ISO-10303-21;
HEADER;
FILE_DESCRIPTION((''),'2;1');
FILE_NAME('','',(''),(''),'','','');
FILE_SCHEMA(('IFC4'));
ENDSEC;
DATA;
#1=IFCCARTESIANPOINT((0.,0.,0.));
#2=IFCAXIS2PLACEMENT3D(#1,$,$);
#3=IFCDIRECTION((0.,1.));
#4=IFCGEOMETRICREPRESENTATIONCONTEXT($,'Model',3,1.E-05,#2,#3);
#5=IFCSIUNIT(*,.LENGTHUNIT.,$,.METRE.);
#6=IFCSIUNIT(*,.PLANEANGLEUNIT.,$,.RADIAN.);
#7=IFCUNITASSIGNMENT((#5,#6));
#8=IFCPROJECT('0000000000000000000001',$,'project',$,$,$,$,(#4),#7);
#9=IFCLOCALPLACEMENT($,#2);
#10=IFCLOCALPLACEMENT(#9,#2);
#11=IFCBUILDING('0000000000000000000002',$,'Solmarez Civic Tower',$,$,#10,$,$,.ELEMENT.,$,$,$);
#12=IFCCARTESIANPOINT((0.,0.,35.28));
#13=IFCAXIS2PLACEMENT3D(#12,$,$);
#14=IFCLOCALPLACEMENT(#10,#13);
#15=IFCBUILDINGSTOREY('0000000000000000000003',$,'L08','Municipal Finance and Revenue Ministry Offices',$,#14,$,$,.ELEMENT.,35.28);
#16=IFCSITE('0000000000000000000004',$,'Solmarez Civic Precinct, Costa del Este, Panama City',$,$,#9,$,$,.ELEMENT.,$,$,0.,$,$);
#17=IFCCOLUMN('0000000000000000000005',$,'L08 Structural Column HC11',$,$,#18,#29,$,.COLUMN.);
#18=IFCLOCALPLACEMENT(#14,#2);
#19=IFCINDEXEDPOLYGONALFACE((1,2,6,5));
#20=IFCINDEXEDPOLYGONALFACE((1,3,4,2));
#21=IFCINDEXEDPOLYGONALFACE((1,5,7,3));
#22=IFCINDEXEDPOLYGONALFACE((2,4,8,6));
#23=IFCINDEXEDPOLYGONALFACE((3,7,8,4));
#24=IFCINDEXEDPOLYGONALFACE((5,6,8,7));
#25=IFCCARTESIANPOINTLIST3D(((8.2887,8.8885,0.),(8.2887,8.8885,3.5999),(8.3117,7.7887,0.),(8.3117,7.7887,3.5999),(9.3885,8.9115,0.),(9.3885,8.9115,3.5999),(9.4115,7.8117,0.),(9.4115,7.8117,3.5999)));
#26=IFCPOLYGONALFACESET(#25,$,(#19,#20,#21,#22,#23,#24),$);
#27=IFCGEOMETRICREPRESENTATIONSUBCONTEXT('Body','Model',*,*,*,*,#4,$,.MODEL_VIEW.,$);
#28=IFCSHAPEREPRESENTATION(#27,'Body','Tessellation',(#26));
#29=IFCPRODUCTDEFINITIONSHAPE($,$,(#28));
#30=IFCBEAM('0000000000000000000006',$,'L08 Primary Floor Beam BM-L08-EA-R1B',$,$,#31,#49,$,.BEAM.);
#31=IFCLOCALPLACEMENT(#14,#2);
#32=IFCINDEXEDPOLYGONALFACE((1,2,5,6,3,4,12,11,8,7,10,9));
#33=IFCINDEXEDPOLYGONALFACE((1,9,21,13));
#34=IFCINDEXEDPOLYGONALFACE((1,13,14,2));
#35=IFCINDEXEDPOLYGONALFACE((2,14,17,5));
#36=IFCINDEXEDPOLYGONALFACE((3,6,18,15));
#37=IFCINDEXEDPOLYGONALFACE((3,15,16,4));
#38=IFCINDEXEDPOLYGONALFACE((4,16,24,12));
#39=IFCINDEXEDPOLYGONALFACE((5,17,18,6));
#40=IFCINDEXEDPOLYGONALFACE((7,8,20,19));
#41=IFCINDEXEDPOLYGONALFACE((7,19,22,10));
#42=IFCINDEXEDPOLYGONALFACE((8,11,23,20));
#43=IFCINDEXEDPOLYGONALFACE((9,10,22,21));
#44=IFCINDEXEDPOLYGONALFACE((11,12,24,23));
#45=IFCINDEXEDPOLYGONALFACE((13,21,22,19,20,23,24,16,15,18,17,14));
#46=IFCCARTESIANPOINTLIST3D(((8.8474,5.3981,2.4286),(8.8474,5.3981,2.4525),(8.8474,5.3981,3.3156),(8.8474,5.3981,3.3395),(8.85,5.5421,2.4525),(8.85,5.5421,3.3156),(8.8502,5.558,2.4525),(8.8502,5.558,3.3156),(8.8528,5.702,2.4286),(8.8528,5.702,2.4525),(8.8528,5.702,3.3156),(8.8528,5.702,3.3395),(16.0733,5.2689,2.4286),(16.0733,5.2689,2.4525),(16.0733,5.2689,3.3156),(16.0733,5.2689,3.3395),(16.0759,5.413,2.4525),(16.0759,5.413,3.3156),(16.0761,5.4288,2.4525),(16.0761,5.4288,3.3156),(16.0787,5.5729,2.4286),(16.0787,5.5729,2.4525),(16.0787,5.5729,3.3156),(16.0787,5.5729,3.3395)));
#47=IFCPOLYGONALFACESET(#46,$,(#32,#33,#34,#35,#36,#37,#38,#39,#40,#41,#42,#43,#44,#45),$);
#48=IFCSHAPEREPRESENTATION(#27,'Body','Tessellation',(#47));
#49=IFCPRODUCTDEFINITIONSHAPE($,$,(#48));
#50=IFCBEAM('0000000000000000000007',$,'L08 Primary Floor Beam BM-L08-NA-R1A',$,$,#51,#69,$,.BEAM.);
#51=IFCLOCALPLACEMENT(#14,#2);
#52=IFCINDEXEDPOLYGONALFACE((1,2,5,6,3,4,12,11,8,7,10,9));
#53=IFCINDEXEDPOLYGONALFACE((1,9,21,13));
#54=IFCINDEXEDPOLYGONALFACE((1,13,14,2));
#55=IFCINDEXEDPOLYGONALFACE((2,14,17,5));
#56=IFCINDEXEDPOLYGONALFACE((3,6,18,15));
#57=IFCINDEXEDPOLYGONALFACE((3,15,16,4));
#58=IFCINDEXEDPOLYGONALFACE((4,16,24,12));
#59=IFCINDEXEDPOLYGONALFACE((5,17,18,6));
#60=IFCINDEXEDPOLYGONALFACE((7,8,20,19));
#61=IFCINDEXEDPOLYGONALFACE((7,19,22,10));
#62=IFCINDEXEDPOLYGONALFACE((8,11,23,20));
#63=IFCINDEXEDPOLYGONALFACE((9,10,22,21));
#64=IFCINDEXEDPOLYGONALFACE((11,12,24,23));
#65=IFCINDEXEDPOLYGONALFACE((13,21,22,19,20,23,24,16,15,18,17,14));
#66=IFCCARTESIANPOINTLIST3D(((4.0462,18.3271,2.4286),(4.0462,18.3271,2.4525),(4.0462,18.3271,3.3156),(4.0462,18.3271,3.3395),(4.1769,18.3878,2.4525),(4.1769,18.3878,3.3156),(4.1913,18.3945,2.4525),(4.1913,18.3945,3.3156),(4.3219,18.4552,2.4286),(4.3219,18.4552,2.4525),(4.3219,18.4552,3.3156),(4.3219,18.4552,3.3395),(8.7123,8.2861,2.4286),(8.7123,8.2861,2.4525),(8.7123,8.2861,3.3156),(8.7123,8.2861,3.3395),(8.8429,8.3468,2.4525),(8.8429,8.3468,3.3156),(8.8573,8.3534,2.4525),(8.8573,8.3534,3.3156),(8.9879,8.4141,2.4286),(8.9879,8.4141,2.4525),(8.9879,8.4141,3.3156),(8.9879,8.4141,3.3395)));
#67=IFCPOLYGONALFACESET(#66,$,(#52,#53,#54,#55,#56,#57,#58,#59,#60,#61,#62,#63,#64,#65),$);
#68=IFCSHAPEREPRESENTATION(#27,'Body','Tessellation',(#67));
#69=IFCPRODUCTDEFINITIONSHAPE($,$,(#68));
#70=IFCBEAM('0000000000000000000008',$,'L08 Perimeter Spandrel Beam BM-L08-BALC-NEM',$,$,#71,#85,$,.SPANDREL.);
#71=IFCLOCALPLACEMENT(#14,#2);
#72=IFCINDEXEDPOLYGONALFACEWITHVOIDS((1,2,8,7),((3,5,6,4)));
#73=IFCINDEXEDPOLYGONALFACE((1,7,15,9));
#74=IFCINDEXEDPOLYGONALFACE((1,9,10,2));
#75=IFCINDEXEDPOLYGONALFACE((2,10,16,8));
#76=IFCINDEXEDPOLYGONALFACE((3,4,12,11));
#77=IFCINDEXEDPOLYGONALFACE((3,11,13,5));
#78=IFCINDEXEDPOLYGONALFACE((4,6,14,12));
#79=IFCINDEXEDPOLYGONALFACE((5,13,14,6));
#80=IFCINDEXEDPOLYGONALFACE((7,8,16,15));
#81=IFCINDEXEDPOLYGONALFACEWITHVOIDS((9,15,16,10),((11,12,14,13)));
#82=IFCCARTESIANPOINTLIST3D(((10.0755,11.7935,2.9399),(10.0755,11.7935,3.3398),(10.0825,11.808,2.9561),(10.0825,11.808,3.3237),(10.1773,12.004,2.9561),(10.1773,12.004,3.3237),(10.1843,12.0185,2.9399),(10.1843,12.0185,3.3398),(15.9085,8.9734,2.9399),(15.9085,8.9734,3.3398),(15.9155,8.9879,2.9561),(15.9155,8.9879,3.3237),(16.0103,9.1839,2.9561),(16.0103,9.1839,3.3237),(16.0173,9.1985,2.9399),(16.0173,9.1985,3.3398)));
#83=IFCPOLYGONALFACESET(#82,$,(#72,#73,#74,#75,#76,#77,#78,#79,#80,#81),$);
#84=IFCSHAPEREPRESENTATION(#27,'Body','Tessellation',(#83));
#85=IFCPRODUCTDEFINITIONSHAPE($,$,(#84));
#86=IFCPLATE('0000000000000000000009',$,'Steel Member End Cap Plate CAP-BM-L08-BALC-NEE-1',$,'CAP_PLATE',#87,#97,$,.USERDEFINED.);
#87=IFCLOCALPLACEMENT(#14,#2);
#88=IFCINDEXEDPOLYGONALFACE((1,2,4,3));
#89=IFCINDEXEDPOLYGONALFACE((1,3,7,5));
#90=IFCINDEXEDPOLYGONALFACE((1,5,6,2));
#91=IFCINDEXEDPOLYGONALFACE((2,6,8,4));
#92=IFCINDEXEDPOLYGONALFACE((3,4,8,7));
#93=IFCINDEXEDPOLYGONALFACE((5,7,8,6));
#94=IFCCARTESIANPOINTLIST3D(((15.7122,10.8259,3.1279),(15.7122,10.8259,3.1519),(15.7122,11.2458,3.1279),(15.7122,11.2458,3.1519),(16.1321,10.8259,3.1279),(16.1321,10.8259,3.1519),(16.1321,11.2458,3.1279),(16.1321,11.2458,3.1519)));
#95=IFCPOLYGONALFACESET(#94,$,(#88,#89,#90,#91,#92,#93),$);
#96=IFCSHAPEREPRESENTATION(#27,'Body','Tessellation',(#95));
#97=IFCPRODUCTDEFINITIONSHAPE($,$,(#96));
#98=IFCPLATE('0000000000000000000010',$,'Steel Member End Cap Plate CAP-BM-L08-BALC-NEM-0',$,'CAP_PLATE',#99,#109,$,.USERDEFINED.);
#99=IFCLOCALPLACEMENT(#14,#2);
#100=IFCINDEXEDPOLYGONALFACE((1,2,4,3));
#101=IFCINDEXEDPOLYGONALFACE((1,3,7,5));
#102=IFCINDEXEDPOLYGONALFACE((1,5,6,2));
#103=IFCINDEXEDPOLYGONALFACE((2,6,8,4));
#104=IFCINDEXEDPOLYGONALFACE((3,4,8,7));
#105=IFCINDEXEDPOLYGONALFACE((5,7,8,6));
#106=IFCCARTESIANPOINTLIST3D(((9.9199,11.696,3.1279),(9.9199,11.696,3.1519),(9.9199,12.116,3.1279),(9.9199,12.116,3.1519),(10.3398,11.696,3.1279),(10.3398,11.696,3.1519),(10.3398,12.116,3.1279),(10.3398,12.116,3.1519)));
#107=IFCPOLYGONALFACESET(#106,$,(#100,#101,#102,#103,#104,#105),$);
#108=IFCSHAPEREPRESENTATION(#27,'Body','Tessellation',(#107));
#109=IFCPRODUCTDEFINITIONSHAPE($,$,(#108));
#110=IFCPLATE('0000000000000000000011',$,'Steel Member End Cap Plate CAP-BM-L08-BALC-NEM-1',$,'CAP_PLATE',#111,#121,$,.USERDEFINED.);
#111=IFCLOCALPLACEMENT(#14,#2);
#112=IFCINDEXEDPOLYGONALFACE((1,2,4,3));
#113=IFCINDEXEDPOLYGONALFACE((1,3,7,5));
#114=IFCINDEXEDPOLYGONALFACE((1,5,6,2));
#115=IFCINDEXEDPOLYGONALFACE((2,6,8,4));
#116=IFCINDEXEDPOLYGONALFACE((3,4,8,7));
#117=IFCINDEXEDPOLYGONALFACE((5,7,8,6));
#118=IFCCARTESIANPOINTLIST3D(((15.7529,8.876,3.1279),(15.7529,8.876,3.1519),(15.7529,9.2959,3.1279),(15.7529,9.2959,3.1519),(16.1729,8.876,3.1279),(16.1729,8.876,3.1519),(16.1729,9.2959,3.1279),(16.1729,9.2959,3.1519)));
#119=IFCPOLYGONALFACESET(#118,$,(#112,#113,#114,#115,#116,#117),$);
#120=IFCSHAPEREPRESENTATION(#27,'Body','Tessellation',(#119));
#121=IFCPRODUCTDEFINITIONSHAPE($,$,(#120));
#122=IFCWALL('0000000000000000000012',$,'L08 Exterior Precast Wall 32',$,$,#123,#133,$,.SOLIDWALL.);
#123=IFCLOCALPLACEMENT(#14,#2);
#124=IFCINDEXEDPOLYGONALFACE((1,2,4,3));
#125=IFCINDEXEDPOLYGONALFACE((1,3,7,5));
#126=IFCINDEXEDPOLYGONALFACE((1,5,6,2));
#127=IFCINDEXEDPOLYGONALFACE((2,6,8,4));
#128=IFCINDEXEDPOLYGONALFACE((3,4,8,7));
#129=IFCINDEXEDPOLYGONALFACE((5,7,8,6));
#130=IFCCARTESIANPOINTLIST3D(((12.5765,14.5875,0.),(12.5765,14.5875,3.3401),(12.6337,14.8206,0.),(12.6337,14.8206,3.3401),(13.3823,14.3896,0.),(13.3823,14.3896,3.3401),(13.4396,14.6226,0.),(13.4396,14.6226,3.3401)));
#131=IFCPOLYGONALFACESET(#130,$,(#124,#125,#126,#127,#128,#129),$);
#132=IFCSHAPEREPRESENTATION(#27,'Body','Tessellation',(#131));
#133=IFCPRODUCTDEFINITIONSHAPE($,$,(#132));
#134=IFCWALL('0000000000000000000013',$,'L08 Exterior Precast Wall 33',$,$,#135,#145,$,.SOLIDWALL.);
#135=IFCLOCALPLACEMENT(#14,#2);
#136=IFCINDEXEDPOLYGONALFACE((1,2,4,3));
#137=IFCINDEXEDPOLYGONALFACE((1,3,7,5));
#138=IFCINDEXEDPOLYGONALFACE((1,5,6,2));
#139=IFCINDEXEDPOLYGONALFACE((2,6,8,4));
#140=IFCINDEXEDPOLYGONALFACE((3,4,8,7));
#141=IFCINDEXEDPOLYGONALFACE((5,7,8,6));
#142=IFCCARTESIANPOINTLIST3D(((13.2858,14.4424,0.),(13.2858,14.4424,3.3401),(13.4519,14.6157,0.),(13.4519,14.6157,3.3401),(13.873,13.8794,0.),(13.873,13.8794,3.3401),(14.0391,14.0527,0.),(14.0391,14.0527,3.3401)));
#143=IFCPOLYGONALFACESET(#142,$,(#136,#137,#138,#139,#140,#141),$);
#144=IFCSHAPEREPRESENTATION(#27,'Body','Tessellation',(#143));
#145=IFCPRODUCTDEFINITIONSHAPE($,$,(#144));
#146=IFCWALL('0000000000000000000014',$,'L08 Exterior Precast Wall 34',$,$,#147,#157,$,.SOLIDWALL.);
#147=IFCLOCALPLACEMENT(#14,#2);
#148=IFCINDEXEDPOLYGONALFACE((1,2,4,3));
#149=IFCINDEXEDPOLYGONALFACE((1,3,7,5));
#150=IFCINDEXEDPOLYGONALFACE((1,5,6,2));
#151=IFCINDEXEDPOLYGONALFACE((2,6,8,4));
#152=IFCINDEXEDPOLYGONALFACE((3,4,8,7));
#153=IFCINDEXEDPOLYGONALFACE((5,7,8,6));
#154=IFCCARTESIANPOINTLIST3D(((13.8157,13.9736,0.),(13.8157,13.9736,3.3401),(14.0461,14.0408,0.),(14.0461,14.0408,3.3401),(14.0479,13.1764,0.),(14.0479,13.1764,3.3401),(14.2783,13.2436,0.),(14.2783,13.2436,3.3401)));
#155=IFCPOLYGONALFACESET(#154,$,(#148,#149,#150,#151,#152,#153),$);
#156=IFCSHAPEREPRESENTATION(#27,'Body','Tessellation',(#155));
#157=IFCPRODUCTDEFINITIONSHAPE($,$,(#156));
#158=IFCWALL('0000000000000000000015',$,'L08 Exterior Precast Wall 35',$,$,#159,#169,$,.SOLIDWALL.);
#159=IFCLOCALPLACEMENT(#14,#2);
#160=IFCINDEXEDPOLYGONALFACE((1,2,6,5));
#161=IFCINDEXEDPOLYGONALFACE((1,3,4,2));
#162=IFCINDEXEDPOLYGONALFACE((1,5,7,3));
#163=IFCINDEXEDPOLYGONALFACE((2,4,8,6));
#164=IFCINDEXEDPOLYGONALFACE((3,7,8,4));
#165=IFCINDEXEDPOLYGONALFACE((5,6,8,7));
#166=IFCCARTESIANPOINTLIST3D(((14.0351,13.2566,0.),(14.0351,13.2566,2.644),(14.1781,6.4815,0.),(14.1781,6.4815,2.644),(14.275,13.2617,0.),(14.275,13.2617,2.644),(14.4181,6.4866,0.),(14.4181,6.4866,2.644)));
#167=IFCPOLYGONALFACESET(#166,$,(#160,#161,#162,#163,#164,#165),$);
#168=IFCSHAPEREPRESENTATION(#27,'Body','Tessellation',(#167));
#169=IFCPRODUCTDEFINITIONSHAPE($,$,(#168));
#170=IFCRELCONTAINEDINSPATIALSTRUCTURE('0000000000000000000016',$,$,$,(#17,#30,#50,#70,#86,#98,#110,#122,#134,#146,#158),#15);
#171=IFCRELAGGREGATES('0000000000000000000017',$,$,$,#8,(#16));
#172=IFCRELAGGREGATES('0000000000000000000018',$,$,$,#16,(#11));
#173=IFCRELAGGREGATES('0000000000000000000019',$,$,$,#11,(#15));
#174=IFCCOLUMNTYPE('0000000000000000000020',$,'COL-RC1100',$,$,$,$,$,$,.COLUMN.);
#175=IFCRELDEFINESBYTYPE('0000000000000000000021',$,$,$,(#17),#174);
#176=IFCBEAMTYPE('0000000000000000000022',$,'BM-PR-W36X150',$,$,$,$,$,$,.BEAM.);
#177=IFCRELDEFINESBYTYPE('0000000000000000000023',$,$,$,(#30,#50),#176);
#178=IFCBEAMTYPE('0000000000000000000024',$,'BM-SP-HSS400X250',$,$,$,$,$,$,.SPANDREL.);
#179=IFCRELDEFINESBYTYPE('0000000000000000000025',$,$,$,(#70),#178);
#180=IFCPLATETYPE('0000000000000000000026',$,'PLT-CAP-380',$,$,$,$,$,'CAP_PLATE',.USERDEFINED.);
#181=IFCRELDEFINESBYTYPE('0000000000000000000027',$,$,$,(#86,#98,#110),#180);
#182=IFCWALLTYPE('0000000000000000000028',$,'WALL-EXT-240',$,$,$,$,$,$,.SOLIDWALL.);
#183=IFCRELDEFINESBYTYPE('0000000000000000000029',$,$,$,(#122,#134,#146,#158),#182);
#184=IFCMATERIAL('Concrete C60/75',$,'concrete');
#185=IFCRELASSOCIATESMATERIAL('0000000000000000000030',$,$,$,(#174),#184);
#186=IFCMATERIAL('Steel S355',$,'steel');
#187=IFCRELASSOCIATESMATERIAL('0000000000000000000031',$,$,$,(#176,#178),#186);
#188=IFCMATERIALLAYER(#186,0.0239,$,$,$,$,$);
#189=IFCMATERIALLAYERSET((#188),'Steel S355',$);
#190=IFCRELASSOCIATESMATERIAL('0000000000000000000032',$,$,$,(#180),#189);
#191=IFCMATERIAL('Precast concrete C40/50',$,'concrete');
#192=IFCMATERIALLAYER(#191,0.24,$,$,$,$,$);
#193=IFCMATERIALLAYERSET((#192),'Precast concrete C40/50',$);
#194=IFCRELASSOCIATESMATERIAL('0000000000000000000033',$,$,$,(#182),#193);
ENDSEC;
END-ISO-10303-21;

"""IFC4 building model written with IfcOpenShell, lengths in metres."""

from ifc_helpers import new_model, si_unit, direction, frame, frame_2d, origin, origin_2d, place, context, subcontext, project, spatial, rectangle, hollow_rectangle, i_section, extrude, material, layer, layer_set, material_profile, profile_set, type_object, element, save


model = new_model("IFC4")

# Units and contexts
model_context = context("Model", 3, precision=1e-05, world=origin(), true_north=direction((0.0, 1.0)))
body_context = subcontext(model_context, "Body", "Model", "MODEL_VIEW")
ifc_project = project(units=[si_unit("LENGTHUNIT", "METRE"), si_unit("PLANEANGLEUNIT", "RADIAN")], contexts=[model_context])

# Site, building, storey
site_placement = place(None, origin())
site = spatial("IfcSite", under=ifc_project, at=site_placement, Name="Solmarez Civic Precinct, Costa del Este, Panama City", CompositionType="ELEMENT", RefElevation=0.0)
building_placement = place(site_placement, origin())
building = spatial("IfcBuilding", under=site, at=building_placement, Name="Solmarez Civic Tower", CompositionType="ELEMENT")
storey_placement = place(building_placement, frame((0.0, 0.0, 35.28)))
storey = spatial("IfcBuildingStorey", under=building, at=storey_placement, Name="L08", Description="Municipal Finance and Revenue Ministry Offices", CompositionType="ELEMENT", Elevation=35.28)

# Column
ifc_material_1 = material(Name="Concrete C60/75", Category="concrete")
ifc_material_profile_1 = material_profile(ifc_material_1, rectangle(XDim=1.1001, YDim=1.1001, at=origin_2d()), Name="RC1100X1100")
ifc_profile_set_1 = profile_set([ifc_material_profile_1], Name="Concrete C60/75")
column_type = type_object("IfcColumnType", Name="COL-RC1100", PredefinedType="COLUMN", material=ifc_profile_set_1)
column_placement = place(storey_placement, frame((8.8501, 8.3501, 0.0), z_axis=(0.0, 0.0, 1.0), x_axis=(0.999781, 0.020942, 0.0)))
element("IfcColumn", 1, at=column_placement, inside=storey, type_object=column_type, Name="L08 Structural Column HC11", PredefinedType="COLUMN", context=body_context, shape_type="SweptSolid", body=[
    extrude(rectangle(XDim=1.1001, YDim=1.1001, at=origin_2d()), origin(), (0.0, 0.0, 1.0), 3.5999),
])

# Beams
ifc_material_2 = material(Name="Steel S355", Category="steel")
ifc_material_profile_2 = material_profile(ifc_material_2, i_section(OverallWidth=0.304, OverallDepth=0.9109, WebThickness=0.0159, FlangeThickness=0.0239, at=origin_2d()), Name="W36X150")
ifc_profile_set_2 = profile_set([ifc_material_profile_2], Name="Steel S355")
beam_type_1 = type_object("IfcBeamType", Name="BM-PR-W36X150", PredefinedType="BEAM", material=ifc_profile_set_2)
beam_1_placement = place(storey_placement, frame((8.8501, 5.55, 2.884), z_axis=(0.99984, -0.017871, 0.0), x_axis=(0.017871, 0.99984, 0.0)))
element("IfcBeam", 2, at=beam_1_placement, inside=storey, type_object=beam_type_1, Name="L08 Primary Floor Beam BM-L08-EA-R1B", PredefinedType="BEAM", context=body_context, shape_type="SweptSolid", body=[
    extrude(i_section(OverallWidth=0.304, OverallDepth=0.9109, WebThickness=0.0159, FlangeThickness=0.0239, at=origin_2d()), origin(), (0.0, 0.0, 1.0), 7.2271),
])
beam_2_placement = place(storey_placement, frame((8.8501, 8.3501, 2.884), z_axis=(-0.421417, 0.906867, 0.0), x_axis=(-0.906867, -0.421417, 0.0)))
element("IfcBeam", 3, at=beam_2_placement, inside=storey, type_object=beam_type_1, Name="L08 Primary Floor Beam BM-L08-NA-R1A", PredefinedType="BEAM", context=body_context, shape_type="SweptSolid", body=[
    extrude(i_section(OverallWidth=0.304, OverallDepth=0.9109, WebThickness=0.0159, FlangeThickness=0.0239, at=origin_2d()), origin(), (0.0, 0.0, 1.0), 11.0723),
])
ifc_material_profile_3 = material_profile(ifc_material_2, hollow_rectangle(XDim=0.25, YDim=0.3999, WallThickness=0.0161, at=origin_2d()), Name="HSS400X250X16")
ifc_profile_set_3 = profile_set([ifc_material_profile_3], Name="Steel S355")
beam_type_2 = type_object("IfcBeamType", Name="BM-SP-HSS400X250", PredefinedType="SPANDREL", material=ifc_profile_set_3)
beam_3_placement = place(storey_placement, frame((10.1299, 11.906, 3.1399), z_axis=(0.900302, -0.435266, 0.0), x_axis=(0.435266, 0.900302, 0.0)))
element("IfcBeam", 4, at=beam_3_placement, inside=storey, type_object=beam_type_2, Name="L08 Perimeter Spandrel Beam BM-L08-BALC-NEM", PredefinedType="SPANDREL", context=body_context, shape_type="SweptSolid", body=[
    extrude(hollow_rectangle(XDim=0.25, YDim=0.3999, WallThickness=0.0161, at=origin_2d()), origin(), (0.0, 0.0, 1.0), 6.479),
])

# Plates
ifc_layer_1 = layer(ifc_material_2, 0.0239)
ifc_layer_set_1 = layer_set([ifc_layer_1], Name="Steel S355")
plate_type = type_object("IfcPlateType", Name="PLT-CAP-380", ElementType="CAP_PLATE", PredefinedType="USERDEFINED", material=ifc_layer_set_1)
for number, where, z_axis, x_axis, name in (
    (5, (15.9221, 11.0359, 3.1279), (0.0, 0.0, 1.0), (1.0, 0.0, 0.0), "Steel Member End Cap Plate CAP-BM-L08-BALC-NEE-1"),
    (6, (10.1299, 11.906, 3.1279), (0.0, 0.0, 1.0), (1.0, 0.0, 0.0), "Steel Member End Cap Plate CAP-BM-L08-BALC-NEM-0"),
    (7, (15.9629, 9.0859, 3.1279), (0.0, 0.0, 1.0), (1.0, 0.0, 0.0), "Steel Member End Cap Plate CAP-BM-L08-BALC-NEM-1"),
):
    element("IfcPlate", number, at=place(storey_placement, frame(where, z_axis=z_axis, x_axis=x_axis)), inside=storey, type_object=plate_type, Name=name, ObjectType="CAP_PLATE", PredefinedType="USERDEFINED", context=body_context, shape_type="SweptSolid", body=[
        extrude(rectangle(XDim=0.4199, YDim=0.4199, at=origin_2d()), origin(), (0.0, 0.0, 1.0), 0.0239),
    ])

# Walls
ifc_material_3 = material(Name="Precast concrete C40/50", Category="concrete")
ifc_layer_2 = layer(ifc_material_3, 0.24)
ifc_layer_set_2 = layer_set([ifc_layer_2], Name="Precast concrete C40/50")
wall_type_1 = type_object("IfcWallType", Name="WALL-EXT-240", PredefinedType="SOLIDWALL", material=ifc_layer_set_2)
wall_1_placement = place(storey_placement, frame((12.605, 14.7041, 0.0), z_axis=(0.0, 0.0, 1.0), x_axis=(0.971121, -0.238588, 0.0)))
element("IfcWall", 8, at=wall_1_placement, inside=storey, type_object=wall_type_1, Name="L08 Exterior Precast Wall 32", PredefinedType="SOLIDWALL", context=body_context, shape_type="SweptSolid", body=[
    extrude(rectangle(XDim=0.8298, YDim=0.24, at=frame_2d((0.415, 0.0))), origin(), (0.0, 0.0, 1.0), 3.3401),
])
wall_2_placement = place(storey_placement, frame((13.3689, 14.5291, 0.0), z_axis=(0.0, 0.0, 1.0), x_axis=(0.721807, -0.692094, 0.0)))
element("IfcWall", 9, at=wall_2_placement, inside=storey, type_object=wall_type_1, Name="L08 Exterior Precast Wall 33", PredefinedType="SOLIDWALL", context=body_context, shape_type="SweptSolid", body=[
    extrude(rectangle(XDim=0.8135, YDim=0.24, at=frame_2d((0.4067, 0.0))), origin(), (0.0, 0.0, 1.0), 3.3401),
])
wall_3_placement = place(storey_placement, frame((13.9309, 14.0071, 0.0), z_axis=(0.0, 0.0, 1.0), x_axis=(0.27965, -0.960102, 0.0)))
element("IfcWall", 10, at=wall_3_placement, inside=storey, type_object=wall_type_1, Name="L08 Exterior Precast Wall 34", PredefinedType="SOLIDWALL", context=body_context, shape_type="SweptSolid", body=[
    extrude(rectangle(XDim=0.8303, YDim=0.24, at=frame_2d((0.415, 0.0))), origin(), (0.0, 0.0, 1.0), 3.3401),
])
wall_4_placement = place(storey_placement, frame((14.155, 13.259, 0.0), z_axis=(0.0, 0.0, 1.0), x_axis=(0.021112, -0.999777, 0.0)))
element("IfcWall", 11, at=wall_4_placement, inside=storey, type_object=wall_type_1, Name="L08 Exterior Precast Wall 35", PredefinedType="SOLIDWALL", context=body_context, shape_type="SweptSolid", body=[
    extrude(rectangle(XDim=6.7766, YDim=0.24, at=frame_2d((3.3882, 0.0))), origin(), (0.0, 0.0, 1.0), 2.644),
])

save(model, "model.ifc")
